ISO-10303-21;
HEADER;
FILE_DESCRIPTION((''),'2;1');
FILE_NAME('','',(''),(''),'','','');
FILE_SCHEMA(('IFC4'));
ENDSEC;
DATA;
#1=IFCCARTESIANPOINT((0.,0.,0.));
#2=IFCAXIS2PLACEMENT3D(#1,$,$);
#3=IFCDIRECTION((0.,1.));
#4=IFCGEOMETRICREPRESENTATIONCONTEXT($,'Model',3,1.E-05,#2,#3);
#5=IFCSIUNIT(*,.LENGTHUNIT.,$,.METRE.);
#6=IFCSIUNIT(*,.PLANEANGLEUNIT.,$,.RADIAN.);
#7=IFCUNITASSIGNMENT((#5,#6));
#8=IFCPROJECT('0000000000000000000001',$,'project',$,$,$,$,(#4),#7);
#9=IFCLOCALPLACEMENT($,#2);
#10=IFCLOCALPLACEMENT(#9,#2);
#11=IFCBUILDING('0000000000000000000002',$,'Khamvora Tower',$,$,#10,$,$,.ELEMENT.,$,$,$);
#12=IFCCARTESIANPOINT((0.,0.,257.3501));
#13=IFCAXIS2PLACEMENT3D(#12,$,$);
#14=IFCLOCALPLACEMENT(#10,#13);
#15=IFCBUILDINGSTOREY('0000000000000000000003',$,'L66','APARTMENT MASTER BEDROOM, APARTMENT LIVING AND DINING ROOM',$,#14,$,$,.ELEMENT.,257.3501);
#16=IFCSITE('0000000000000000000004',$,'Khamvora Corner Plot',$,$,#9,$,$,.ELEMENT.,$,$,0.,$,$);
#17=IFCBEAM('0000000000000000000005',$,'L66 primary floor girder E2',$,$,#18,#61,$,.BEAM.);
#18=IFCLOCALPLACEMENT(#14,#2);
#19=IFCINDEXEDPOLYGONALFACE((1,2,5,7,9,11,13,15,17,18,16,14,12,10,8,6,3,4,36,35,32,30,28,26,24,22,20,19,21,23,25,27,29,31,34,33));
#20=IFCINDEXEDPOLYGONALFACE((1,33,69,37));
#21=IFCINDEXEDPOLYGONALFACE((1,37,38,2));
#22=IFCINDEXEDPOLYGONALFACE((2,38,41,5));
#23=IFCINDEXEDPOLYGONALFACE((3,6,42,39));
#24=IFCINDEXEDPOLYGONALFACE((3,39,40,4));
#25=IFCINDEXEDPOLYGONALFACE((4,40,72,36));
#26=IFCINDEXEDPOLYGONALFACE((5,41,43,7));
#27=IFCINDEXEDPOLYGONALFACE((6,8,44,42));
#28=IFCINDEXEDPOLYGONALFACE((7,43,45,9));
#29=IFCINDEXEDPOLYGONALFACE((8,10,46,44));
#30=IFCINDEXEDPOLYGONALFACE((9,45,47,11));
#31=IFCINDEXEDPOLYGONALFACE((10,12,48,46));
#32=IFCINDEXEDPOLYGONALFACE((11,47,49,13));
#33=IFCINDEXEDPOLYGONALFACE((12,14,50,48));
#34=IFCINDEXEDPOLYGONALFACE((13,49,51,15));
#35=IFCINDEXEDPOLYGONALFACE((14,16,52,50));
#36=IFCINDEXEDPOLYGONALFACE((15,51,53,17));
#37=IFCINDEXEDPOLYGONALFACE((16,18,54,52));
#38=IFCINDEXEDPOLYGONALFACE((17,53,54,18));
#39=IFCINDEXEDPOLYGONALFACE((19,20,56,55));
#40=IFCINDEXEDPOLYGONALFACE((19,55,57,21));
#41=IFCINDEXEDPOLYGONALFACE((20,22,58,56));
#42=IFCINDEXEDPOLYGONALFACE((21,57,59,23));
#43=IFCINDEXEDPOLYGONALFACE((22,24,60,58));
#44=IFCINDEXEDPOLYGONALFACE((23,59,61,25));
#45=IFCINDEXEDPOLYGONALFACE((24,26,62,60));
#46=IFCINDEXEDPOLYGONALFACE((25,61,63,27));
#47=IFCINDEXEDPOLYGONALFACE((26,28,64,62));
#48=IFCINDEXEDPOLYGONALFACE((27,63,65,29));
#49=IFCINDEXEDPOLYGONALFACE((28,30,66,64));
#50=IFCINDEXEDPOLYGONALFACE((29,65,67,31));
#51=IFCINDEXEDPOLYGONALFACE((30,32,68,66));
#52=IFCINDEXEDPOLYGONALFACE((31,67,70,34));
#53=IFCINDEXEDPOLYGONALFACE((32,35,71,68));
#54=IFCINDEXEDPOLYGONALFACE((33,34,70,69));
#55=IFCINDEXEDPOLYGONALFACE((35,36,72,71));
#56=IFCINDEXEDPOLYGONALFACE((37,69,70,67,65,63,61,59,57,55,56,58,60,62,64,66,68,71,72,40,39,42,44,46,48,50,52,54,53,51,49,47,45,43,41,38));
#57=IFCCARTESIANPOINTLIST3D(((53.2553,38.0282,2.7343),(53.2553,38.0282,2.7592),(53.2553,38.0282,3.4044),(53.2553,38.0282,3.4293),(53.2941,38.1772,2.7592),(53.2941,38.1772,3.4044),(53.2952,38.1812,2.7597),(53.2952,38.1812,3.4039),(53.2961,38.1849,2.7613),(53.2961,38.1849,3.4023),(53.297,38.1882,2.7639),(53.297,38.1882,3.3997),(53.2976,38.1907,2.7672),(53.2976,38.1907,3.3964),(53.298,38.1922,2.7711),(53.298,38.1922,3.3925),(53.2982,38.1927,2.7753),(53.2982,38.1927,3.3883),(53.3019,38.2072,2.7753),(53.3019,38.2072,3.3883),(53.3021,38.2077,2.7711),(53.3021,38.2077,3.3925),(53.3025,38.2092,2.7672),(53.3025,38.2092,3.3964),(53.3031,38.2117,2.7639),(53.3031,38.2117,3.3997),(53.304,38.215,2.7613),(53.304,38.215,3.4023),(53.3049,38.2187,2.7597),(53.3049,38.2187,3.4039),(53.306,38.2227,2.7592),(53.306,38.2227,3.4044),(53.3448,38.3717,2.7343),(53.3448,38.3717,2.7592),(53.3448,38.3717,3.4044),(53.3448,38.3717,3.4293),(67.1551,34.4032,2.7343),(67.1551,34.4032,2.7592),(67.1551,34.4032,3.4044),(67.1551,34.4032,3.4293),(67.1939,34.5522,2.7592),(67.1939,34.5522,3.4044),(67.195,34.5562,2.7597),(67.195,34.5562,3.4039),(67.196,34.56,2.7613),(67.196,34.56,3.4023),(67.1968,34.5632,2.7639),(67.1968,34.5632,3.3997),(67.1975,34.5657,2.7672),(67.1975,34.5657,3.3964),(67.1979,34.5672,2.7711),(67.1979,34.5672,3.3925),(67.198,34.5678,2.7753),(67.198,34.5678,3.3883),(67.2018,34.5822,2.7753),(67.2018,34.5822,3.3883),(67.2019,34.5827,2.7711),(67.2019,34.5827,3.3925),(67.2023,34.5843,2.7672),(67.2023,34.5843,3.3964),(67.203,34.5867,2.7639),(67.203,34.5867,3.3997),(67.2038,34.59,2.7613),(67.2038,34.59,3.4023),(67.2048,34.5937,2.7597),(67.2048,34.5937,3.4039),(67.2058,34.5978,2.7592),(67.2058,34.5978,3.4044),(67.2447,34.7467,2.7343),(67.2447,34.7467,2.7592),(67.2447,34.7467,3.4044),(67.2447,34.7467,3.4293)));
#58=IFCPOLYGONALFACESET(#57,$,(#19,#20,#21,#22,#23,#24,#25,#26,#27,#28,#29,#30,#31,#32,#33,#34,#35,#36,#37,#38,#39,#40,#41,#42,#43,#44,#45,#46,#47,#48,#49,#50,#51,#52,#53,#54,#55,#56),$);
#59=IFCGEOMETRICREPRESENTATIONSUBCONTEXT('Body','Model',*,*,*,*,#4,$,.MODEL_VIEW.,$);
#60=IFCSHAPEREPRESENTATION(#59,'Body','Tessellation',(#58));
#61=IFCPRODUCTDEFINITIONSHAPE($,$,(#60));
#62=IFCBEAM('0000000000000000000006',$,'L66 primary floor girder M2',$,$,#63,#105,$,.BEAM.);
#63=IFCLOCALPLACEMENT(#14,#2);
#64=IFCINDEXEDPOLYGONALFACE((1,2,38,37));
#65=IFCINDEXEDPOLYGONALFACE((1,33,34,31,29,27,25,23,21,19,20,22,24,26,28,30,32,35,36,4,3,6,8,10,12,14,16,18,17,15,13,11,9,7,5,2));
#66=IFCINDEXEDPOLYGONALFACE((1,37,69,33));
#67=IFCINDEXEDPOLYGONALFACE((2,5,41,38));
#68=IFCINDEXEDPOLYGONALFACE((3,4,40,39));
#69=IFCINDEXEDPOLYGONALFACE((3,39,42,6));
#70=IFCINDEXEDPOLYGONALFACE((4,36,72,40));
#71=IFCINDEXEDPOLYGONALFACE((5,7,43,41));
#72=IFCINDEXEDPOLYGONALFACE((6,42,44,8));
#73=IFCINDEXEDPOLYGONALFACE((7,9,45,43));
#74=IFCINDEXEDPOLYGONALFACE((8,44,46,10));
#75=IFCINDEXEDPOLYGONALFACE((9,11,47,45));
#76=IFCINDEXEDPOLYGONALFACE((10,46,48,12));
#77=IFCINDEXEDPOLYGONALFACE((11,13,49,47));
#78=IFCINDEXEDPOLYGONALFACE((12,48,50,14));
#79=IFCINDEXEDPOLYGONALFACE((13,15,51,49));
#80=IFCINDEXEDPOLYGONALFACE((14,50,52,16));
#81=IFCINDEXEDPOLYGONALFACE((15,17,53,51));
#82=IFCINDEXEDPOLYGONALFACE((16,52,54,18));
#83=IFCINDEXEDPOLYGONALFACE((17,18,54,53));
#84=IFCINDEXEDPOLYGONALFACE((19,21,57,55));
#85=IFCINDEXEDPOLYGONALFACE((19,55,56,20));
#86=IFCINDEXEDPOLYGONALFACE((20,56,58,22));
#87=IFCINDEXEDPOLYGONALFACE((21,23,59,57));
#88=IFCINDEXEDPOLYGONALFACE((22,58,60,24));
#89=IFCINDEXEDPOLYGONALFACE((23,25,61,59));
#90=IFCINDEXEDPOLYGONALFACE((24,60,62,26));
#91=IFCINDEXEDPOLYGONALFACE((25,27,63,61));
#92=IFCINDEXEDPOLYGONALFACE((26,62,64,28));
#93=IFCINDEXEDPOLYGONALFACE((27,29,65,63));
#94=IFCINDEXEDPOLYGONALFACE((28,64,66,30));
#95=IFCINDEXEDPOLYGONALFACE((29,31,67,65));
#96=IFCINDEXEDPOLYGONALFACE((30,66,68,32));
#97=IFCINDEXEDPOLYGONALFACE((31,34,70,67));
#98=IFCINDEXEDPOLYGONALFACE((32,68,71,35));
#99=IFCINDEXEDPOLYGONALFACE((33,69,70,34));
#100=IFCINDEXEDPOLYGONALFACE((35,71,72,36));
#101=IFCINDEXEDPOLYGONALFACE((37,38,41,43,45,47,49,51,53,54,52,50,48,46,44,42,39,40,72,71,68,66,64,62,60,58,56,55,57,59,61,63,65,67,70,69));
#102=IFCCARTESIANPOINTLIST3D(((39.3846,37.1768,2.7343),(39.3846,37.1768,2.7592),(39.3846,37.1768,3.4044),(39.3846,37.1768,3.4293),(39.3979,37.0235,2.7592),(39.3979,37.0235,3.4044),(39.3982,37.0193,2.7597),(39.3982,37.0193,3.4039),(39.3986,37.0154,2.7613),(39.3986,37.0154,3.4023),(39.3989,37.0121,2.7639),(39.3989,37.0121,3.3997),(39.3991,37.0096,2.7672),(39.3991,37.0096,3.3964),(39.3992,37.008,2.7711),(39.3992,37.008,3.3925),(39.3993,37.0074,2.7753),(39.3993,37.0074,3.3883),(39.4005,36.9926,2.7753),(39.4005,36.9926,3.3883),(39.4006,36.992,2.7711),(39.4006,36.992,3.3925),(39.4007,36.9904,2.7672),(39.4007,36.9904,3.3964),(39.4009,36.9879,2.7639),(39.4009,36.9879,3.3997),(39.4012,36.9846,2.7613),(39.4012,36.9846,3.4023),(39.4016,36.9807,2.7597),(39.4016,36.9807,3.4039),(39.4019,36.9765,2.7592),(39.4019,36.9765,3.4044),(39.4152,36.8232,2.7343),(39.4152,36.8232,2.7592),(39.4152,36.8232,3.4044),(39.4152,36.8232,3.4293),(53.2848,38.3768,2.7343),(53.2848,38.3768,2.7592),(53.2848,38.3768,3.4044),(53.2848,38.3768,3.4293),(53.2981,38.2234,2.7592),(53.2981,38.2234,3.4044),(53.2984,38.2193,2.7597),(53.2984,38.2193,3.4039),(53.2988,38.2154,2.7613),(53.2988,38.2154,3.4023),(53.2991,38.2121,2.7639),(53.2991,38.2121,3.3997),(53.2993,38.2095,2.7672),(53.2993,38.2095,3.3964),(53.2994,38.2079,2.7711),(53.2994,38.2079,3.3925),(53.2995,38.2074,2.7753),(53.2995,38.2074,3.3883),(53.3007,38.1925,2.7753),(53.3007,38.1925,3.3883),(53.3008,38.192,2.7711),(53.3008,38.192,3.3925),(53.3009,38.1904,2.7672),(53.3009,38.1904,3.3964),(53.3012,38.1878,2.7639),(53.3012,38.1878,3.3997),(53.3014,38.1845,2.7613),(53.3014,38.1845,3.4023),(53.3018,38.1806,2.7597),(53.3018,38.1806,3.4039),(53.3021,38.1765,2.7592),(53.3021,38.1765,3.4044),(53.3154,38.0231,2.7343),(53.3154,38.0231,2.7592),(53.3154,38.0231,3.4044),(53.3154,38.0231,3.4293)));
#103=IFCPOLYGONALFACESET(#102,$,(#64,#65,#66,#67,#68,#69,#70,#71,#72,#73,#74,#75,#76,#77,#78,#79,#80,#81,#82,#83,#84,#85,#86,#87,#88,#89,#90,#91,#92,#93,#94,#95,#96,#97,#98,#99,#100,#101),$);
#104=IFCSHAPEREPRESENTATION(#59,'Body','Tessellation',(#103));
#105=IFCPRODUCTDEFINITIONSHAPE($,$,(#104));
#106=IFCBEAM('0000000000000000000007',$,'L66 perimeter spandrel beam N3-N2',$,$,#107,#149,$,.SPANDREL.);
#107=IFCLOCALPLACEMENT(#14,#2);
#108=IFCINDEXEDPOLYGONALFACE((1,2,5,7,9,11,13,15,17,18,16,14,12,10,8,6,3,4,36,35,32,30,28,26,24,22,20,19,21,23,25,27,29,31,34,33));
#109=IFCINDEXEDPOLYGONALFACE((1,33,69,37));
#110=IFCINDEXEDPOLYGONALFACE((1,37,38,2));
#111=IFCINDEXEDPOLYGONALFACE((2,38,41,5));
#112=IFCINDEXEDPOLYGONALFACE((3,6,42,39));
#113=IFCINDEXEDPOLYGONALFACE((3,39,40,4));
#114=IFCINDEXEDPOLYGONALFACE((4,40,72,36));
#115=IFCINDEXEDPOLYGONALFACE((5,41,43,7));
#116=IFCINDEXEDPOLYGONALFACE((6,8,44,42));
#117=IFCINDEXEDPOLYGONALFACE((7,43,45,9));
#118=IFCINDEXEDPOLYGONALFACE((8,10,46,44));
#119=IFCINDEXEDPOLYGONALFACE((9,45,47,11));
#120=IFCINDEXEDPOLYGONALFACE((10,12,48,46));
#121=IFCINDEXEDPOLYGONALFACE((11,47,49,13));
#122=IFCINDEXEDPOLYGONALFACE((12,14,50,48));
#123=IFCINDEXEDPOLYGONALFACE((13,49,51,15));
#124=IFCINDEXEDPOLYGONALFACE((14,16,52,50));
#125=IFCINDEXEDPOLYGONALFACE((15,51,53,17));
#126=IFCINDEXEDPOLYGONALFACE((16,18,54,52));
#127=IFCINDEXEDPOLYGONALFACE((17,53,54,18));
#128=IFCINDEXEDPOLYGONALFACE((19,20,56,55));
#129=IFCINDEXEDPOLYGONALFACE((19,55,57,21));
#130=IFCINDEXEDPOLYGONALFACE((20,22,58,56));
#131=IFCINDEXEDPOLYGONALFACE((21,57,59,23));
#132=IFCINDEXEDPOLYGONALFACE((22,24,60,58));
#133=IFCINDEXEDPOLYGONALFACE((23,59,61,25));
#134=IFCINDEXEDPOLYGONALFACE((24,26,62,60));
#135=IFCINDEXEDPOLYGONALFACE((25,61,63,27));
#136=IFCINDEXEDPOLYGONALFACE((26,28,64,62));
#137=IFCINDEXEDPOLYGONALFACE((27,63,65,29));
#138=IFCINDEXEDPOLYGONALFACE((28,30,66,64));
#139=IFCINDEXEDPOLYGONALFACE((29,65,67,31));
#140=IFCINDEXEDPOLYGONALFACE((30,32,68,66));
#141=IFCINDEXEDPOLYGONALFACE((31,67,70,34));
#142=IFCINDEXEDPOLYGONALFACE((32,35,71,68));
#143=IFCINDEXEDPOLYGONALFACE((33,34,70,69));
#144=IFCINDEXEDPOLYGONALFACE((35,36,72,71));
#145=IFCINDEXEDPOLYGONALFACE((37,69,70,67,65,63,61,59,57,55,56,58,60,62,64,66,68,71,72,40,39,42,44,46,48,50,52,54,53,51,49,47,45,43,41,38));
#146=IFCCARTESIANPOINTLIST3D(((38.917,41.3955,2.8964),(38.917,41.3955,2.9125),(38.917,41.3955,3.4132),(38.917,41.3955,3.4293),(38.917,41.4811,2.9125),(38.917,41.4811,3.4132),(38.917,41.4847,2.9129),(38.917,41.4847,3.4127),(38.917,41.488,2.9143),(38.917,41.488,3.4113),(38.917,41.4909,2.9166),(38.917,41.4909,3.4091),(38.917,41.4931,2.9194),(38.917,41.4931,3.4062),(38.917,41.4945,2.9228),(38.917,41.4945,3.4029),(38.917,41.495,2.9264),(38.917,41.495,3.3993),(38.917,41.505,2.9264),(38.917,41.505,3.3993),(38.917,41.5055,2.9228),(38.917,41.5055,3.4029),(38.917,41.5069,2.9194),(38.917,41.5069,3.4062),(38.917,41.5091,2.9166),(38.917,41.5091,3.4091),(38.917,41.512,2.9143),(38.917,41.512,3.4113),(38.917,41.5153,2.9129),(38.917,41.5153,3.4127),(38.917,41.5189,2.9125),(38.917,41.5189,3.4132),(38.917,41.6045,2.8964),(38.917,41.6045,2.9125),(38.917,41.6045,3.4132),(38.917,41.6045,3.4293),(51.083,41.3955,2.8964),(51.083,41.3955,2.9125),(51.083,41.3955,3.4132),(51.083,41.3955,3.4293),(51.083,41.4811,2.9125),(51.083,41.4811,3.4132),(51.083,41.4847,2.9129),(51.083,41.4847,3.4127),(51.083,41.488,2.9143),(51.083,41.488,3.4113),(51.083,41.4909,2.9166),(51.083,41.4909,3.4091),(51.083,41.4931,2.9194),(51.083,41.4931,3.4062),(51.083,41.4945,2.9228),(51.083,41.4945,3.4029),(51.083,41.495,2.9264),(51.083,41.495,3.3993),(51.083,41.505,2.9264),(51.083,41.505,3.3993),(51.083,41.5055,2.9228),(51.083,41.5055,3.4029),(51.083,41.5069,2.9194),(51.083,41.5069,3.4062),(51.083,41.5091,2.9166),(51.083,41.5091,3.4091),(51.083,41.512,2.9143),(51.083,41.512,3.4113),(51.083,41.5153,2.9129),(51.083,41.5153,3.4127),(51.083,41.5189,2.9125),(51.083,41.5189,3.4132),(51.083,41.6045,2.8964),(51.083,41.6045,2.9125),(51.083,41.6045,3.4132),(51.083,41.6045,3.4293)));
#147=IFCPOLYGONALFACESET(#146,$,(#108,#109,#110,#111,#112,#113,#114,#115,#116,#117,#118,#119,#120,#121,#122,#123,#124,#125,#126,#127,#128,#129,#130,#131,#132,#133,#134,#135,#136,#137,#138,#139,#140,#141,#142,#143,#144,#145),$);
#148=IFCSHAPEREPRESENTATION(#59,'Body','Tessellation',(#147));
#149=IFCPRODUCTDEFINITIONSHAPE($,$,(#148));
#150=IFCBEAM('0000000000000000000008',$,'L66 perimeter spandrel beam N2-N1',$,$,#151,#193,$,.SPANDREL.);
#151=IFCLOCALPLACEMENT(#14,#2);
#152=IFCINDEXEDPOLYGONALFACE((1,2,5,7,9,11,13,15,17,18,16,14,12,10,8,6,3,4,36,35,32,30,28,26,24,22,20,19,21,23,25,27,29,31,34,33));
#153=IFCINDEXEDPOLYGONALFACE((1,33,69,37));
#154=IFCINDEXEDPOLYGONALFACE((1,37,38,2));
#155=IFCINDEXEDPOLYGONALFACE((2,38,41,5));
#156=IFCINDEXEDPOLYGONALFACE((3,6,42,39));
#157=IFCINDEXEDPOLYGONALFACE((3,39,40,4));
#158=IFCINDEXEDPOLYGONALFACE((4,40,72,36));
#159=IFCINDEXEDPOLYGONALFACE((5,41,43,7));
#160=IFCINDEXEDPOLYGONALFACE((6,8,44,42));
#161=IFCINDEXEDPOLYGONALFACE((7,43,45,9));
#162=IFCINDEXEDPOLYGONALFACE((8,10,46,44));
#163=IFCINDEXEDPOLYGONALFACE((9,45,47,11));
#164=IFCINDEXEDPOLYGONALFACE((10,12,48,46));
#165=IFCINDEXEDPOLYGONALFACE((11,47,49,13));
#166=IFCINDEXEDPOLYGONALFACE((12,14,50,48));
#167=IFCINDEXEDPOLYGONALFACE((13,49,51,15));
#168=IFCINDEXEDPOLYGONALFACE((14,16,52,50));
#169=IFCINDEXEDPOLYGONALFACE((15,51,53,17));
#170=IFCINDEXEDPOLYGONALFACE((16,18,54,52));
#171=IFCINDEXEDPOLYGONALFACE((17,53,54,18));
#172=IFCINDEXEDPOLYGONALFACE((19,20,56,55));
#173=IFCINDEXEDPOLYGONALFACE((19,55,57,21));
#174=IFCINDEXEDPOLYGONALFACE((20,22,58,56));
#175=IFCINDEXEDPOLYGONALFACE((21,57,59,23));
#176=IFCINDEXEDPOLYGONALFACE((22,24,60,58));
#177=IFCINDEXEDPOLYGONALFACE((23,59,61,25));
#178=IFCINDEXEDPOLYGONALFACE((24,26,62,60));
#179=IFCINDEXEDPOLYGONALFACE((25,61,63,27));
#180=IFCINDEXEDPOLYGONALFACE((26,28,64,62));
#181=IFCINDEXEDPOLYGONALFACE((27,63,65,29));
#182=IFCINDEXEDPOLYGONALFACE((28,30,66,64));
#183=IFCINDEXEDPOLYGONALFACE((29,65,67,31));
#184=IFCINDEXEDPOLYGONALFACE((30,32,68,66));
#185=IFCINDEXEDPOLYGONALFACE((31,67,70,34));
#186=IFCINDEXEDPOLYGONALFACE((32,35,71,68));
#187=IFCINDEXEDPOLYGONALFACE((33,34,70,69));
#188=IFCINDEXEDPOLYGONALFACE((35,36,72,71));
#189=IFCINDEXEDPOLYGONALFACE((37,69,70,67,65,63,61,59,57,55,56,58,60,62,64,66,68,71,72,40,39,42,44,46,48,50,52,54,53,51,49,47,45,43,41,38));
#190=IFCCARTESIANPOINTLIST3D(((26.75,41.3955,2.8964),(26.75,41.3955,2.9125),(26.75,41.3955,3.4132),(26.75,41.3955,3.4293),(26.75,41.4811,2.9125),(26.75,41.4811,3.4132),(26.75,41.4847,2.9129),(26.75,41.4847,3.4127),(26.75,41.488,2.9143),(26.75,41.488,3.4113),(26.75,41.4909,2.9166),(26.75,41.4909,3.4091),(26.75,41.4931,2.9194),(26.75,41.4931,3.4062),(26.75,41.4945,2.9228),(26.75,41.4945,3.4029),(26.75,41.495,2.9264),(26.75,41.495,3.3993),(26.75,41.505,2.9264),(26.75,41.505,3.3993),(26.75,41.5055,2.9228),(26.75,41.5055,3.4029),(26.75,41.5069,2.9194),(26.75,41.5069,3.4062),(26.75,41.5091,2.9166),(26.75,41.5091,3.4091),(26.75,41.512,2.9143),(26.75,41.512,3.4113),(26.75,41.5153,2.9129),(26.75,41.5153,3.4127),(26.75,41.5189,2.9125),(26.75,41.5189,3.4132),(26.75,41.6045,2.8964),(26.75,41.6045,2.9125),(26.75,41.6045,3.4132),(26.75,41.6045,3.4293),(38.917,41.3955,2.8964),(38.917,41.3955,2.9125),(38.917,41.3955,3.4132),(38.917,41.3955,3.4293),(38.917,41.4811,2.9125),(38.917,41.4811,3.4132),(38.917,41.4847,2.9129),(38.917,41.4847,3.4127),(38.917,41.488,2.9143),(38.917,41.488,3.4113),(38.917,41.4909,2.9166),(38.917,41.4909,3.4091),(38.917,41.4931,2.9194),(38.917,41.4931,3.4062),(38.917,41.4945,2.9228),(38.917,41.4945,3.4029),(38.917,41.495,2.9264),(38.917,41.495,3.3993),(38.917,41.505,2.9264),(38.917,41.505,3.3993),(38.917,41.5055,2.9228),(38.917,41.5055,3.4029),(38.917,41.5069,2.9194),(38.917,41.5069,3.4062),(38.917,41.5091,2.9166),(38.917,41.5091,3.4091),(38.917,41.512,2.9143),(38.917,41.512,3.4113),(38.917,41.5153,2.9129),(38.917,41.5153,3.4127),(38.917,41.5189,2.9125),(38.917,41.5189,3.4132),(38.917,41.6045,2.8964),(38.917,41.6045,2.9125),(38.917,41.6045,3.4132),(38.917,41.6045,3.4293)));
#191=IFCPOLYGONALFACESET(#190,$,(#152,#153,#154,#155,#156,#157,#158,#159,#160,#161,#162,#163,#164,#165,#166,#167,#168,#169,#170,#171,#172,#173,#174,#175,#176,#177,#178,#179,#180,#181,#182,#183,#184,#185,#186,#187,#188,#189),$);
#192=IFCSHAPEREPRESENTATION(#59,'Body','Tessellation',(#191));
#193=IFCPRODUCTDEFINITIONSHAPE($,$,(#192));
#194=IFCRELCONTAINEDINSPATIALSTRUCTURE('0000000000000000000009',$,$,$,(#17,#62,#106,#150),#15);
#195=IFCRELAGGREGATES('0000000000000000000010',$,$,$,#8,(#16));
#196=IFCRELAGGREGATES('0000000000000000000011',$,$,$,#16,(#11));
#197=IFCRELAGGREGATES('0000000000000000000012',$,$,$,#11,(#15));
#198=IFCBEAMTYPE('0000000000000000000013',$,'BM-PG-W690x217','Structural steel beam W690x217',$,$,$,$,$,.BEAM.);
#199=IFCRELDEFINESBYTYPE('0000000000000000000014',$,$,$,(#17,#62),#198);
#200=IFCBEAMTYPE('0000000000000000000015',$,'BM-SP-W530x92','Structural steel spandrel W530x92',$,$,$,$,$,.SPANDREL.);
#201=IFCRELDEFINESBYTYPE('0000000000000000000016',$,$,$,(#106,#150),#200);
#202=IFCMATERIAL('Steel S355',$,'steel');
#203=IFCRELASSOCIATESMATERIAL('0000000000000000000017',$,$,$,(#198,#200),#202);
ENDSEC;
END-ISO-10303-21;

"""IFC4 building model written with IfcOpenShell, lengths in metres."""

from ifc_helpers import new_model, si_unit, direction, frame, origin, origin_2d, place, context, subcontext, project, spatial, i_section, extrude, material, material_profile, profile_set, type_object, element, save


model = new_model("IFC4")

# Units and contexts
model_context = context("Model", 3, precision=1e-05, world=origin(), true_north=direction((0.0, 1.0)))
body_context = subcontext(model_context, "Body", "Model", "MODEL_VIEW")
ifc_project = project(units=[si_unit("LENGTHUNIT", "METRE"), si_unit("PLANEANGLEUNIT", "RADIAN")], contexts=[model_context])

# Site, building, storey
site_placement = place(None, origin())
site = spatial("IfcSite", under=ifc_project, at=site_placement, Name="Khamvora Corner Plot", CompositionType="ELEMENT", RefElevation=0.0)
building_placement = place(site_placement, origin())
building = spatial("IfcBuilding", under=site, at=building_placement, Name="Khamvora Tower", CompositionType="ELEMENT")
storey_placement = place(building_placement, frame((0.0, 0.0, 257.3501)))
storey = spatial("IfcBuildingStorey", under=building, at=storey_placement, Name="L66", Description="APARTMENT MASTER BEDROOM, APARTMENT LIVING AND DINING ROOM", CompositionType="ELEMENT", Elevation=257.3501)

# Shared definitions
ifc_material_1 = material(Name="Steel S355", Category="steel")

# Beams
ifc_material_profile_1 = material_profile(ifc_material_1, i_section(OverallWidth=0.355, OverallDepth=0.6951, WebThickness=0.0149, FlangeThickness=0.0249, FilletRadius=0.0161, at=origin_2d()), Name="W690x217")
ifc_profile_set_1 = profile_set([ifc_material_profile_1], Name="Steel S355")
beam_type_1 = type_object("IfcBeamType", Name="BM-PG-W690x217", Description="Structural steel beam W690x217", PredefinedType="BEAM", material=ifc_profile_set_1)
beam_1_placement = place(storey_placement, frame((53.3, 38.2, 3.0818), z_axis=(0.967635, -0.252353, 0.0), x_axis=(0.252353, 0.967635, 0.0)))
element("IfcBeam", 1, at=beam_1_placement, inside=storey, type_object=beam_type_1, Name="L66 primary floor girder E2", PredefinedType="BEAM", context=body_context, shape_type="SweptSolid", body=[
    extrude(i_section(OverallWidth=0.355, OverallDepth=0.6951, WebThickness=0.0149, FlangeThickness=0.0249, FilletRadius=0.0161, at=origin_2d()), origin(), (0.0, 0.0, 1.0), 14.3647),
])
beam_2_placement = place(storey_placement, frame((39.3999, 37.0, 3.0818), z_axis=(0.996295, 0.086007, 0.0), x_axis=(-0.086007, 0.996295, 0.0)))
element("IfcBeam", 2, at=beam_2_placement, inside=storey, type_object=beam_type_1, Name="L66 primary floor girder M2", PredefinedType="BEAM", context=body_context, shape_type="SweptSolid", body=[
    extrude(i_section(OverallWidth=0.355, OverallDepth=0.6951, WebThickness=0.0149, FlangeThickness=0.0249, FilletRadius=0.0161, at=origin_2d()), origin(), (0.0, 0.0, 1.0), 13.9519),
])
ifc_material_profile_2 = material_profile(ifc_material_1, i_section(OverallWidth=0.209, OverallDepth=0.533, WebThickness=0.01, FlangeThickness=0.0161, FilletRadius=0.0139, at=origin_2d()), Name="W530x92")
ifc_profile_set_2 = profile_set([ifc_material_profile_2], Name="Steel S355")
beam_type_2 = type_object("IfcBeamType", Name="BM-SP-W530x92", Description="Structural steel spandrel W530x92", PredefinedType="SPANDREL", material=ifc_profile_set_2)
beam_3_placement = place(storey_placement, frame((51.083, 41.5, 3.1628), z_axis=(-1.0, 0.0, 0.0), x_axis=(0.0, -1.0, 0.0)))
element("IfcBeam", 3, at=beam_3_placement, inside=storey, type_object=beam_type_2, Name="L66 perimeter spandrel beam N3-N2", PredefinedType="SPANDREL", context=body_context, shape_type="SweptSolid", body=[
    extrude(i_section(OverallWidth=0.209, OverallDepth=0.533, WebThickness=0.01, FlangeThickness=0.0161, FilletRadius=0.0139, at=origin_2d()), origin(), (0.0, 0.0, 1.0), 12.166),
])
beam_4_placement = place(storey_placement, frame((38.917, 41.5, 3.1628), z_axis=(-1.0, 0.0, 0.0), x_axis=(0.0, -1.0, 0.0)))
element("IfcBeam", 4, at=beam_4_placement, inside=storey, type_object=beam_type_2, Name="L66 perimeter spandrel beam N2-N1", PredefinedType="SPANDREL", context=body_context, shape_type="SweptSolid", body=[
    extrude(i_section(OverallWidth=0.209, OverallDepth=0.533, WebThickness=0.01, FlangeThickness=0.0161, FilletRadius=0.0139, at=origin_2d()), origin(), (0.0, 0.0, 1.0), 12.167),
])

save(model, "model.ifc")
